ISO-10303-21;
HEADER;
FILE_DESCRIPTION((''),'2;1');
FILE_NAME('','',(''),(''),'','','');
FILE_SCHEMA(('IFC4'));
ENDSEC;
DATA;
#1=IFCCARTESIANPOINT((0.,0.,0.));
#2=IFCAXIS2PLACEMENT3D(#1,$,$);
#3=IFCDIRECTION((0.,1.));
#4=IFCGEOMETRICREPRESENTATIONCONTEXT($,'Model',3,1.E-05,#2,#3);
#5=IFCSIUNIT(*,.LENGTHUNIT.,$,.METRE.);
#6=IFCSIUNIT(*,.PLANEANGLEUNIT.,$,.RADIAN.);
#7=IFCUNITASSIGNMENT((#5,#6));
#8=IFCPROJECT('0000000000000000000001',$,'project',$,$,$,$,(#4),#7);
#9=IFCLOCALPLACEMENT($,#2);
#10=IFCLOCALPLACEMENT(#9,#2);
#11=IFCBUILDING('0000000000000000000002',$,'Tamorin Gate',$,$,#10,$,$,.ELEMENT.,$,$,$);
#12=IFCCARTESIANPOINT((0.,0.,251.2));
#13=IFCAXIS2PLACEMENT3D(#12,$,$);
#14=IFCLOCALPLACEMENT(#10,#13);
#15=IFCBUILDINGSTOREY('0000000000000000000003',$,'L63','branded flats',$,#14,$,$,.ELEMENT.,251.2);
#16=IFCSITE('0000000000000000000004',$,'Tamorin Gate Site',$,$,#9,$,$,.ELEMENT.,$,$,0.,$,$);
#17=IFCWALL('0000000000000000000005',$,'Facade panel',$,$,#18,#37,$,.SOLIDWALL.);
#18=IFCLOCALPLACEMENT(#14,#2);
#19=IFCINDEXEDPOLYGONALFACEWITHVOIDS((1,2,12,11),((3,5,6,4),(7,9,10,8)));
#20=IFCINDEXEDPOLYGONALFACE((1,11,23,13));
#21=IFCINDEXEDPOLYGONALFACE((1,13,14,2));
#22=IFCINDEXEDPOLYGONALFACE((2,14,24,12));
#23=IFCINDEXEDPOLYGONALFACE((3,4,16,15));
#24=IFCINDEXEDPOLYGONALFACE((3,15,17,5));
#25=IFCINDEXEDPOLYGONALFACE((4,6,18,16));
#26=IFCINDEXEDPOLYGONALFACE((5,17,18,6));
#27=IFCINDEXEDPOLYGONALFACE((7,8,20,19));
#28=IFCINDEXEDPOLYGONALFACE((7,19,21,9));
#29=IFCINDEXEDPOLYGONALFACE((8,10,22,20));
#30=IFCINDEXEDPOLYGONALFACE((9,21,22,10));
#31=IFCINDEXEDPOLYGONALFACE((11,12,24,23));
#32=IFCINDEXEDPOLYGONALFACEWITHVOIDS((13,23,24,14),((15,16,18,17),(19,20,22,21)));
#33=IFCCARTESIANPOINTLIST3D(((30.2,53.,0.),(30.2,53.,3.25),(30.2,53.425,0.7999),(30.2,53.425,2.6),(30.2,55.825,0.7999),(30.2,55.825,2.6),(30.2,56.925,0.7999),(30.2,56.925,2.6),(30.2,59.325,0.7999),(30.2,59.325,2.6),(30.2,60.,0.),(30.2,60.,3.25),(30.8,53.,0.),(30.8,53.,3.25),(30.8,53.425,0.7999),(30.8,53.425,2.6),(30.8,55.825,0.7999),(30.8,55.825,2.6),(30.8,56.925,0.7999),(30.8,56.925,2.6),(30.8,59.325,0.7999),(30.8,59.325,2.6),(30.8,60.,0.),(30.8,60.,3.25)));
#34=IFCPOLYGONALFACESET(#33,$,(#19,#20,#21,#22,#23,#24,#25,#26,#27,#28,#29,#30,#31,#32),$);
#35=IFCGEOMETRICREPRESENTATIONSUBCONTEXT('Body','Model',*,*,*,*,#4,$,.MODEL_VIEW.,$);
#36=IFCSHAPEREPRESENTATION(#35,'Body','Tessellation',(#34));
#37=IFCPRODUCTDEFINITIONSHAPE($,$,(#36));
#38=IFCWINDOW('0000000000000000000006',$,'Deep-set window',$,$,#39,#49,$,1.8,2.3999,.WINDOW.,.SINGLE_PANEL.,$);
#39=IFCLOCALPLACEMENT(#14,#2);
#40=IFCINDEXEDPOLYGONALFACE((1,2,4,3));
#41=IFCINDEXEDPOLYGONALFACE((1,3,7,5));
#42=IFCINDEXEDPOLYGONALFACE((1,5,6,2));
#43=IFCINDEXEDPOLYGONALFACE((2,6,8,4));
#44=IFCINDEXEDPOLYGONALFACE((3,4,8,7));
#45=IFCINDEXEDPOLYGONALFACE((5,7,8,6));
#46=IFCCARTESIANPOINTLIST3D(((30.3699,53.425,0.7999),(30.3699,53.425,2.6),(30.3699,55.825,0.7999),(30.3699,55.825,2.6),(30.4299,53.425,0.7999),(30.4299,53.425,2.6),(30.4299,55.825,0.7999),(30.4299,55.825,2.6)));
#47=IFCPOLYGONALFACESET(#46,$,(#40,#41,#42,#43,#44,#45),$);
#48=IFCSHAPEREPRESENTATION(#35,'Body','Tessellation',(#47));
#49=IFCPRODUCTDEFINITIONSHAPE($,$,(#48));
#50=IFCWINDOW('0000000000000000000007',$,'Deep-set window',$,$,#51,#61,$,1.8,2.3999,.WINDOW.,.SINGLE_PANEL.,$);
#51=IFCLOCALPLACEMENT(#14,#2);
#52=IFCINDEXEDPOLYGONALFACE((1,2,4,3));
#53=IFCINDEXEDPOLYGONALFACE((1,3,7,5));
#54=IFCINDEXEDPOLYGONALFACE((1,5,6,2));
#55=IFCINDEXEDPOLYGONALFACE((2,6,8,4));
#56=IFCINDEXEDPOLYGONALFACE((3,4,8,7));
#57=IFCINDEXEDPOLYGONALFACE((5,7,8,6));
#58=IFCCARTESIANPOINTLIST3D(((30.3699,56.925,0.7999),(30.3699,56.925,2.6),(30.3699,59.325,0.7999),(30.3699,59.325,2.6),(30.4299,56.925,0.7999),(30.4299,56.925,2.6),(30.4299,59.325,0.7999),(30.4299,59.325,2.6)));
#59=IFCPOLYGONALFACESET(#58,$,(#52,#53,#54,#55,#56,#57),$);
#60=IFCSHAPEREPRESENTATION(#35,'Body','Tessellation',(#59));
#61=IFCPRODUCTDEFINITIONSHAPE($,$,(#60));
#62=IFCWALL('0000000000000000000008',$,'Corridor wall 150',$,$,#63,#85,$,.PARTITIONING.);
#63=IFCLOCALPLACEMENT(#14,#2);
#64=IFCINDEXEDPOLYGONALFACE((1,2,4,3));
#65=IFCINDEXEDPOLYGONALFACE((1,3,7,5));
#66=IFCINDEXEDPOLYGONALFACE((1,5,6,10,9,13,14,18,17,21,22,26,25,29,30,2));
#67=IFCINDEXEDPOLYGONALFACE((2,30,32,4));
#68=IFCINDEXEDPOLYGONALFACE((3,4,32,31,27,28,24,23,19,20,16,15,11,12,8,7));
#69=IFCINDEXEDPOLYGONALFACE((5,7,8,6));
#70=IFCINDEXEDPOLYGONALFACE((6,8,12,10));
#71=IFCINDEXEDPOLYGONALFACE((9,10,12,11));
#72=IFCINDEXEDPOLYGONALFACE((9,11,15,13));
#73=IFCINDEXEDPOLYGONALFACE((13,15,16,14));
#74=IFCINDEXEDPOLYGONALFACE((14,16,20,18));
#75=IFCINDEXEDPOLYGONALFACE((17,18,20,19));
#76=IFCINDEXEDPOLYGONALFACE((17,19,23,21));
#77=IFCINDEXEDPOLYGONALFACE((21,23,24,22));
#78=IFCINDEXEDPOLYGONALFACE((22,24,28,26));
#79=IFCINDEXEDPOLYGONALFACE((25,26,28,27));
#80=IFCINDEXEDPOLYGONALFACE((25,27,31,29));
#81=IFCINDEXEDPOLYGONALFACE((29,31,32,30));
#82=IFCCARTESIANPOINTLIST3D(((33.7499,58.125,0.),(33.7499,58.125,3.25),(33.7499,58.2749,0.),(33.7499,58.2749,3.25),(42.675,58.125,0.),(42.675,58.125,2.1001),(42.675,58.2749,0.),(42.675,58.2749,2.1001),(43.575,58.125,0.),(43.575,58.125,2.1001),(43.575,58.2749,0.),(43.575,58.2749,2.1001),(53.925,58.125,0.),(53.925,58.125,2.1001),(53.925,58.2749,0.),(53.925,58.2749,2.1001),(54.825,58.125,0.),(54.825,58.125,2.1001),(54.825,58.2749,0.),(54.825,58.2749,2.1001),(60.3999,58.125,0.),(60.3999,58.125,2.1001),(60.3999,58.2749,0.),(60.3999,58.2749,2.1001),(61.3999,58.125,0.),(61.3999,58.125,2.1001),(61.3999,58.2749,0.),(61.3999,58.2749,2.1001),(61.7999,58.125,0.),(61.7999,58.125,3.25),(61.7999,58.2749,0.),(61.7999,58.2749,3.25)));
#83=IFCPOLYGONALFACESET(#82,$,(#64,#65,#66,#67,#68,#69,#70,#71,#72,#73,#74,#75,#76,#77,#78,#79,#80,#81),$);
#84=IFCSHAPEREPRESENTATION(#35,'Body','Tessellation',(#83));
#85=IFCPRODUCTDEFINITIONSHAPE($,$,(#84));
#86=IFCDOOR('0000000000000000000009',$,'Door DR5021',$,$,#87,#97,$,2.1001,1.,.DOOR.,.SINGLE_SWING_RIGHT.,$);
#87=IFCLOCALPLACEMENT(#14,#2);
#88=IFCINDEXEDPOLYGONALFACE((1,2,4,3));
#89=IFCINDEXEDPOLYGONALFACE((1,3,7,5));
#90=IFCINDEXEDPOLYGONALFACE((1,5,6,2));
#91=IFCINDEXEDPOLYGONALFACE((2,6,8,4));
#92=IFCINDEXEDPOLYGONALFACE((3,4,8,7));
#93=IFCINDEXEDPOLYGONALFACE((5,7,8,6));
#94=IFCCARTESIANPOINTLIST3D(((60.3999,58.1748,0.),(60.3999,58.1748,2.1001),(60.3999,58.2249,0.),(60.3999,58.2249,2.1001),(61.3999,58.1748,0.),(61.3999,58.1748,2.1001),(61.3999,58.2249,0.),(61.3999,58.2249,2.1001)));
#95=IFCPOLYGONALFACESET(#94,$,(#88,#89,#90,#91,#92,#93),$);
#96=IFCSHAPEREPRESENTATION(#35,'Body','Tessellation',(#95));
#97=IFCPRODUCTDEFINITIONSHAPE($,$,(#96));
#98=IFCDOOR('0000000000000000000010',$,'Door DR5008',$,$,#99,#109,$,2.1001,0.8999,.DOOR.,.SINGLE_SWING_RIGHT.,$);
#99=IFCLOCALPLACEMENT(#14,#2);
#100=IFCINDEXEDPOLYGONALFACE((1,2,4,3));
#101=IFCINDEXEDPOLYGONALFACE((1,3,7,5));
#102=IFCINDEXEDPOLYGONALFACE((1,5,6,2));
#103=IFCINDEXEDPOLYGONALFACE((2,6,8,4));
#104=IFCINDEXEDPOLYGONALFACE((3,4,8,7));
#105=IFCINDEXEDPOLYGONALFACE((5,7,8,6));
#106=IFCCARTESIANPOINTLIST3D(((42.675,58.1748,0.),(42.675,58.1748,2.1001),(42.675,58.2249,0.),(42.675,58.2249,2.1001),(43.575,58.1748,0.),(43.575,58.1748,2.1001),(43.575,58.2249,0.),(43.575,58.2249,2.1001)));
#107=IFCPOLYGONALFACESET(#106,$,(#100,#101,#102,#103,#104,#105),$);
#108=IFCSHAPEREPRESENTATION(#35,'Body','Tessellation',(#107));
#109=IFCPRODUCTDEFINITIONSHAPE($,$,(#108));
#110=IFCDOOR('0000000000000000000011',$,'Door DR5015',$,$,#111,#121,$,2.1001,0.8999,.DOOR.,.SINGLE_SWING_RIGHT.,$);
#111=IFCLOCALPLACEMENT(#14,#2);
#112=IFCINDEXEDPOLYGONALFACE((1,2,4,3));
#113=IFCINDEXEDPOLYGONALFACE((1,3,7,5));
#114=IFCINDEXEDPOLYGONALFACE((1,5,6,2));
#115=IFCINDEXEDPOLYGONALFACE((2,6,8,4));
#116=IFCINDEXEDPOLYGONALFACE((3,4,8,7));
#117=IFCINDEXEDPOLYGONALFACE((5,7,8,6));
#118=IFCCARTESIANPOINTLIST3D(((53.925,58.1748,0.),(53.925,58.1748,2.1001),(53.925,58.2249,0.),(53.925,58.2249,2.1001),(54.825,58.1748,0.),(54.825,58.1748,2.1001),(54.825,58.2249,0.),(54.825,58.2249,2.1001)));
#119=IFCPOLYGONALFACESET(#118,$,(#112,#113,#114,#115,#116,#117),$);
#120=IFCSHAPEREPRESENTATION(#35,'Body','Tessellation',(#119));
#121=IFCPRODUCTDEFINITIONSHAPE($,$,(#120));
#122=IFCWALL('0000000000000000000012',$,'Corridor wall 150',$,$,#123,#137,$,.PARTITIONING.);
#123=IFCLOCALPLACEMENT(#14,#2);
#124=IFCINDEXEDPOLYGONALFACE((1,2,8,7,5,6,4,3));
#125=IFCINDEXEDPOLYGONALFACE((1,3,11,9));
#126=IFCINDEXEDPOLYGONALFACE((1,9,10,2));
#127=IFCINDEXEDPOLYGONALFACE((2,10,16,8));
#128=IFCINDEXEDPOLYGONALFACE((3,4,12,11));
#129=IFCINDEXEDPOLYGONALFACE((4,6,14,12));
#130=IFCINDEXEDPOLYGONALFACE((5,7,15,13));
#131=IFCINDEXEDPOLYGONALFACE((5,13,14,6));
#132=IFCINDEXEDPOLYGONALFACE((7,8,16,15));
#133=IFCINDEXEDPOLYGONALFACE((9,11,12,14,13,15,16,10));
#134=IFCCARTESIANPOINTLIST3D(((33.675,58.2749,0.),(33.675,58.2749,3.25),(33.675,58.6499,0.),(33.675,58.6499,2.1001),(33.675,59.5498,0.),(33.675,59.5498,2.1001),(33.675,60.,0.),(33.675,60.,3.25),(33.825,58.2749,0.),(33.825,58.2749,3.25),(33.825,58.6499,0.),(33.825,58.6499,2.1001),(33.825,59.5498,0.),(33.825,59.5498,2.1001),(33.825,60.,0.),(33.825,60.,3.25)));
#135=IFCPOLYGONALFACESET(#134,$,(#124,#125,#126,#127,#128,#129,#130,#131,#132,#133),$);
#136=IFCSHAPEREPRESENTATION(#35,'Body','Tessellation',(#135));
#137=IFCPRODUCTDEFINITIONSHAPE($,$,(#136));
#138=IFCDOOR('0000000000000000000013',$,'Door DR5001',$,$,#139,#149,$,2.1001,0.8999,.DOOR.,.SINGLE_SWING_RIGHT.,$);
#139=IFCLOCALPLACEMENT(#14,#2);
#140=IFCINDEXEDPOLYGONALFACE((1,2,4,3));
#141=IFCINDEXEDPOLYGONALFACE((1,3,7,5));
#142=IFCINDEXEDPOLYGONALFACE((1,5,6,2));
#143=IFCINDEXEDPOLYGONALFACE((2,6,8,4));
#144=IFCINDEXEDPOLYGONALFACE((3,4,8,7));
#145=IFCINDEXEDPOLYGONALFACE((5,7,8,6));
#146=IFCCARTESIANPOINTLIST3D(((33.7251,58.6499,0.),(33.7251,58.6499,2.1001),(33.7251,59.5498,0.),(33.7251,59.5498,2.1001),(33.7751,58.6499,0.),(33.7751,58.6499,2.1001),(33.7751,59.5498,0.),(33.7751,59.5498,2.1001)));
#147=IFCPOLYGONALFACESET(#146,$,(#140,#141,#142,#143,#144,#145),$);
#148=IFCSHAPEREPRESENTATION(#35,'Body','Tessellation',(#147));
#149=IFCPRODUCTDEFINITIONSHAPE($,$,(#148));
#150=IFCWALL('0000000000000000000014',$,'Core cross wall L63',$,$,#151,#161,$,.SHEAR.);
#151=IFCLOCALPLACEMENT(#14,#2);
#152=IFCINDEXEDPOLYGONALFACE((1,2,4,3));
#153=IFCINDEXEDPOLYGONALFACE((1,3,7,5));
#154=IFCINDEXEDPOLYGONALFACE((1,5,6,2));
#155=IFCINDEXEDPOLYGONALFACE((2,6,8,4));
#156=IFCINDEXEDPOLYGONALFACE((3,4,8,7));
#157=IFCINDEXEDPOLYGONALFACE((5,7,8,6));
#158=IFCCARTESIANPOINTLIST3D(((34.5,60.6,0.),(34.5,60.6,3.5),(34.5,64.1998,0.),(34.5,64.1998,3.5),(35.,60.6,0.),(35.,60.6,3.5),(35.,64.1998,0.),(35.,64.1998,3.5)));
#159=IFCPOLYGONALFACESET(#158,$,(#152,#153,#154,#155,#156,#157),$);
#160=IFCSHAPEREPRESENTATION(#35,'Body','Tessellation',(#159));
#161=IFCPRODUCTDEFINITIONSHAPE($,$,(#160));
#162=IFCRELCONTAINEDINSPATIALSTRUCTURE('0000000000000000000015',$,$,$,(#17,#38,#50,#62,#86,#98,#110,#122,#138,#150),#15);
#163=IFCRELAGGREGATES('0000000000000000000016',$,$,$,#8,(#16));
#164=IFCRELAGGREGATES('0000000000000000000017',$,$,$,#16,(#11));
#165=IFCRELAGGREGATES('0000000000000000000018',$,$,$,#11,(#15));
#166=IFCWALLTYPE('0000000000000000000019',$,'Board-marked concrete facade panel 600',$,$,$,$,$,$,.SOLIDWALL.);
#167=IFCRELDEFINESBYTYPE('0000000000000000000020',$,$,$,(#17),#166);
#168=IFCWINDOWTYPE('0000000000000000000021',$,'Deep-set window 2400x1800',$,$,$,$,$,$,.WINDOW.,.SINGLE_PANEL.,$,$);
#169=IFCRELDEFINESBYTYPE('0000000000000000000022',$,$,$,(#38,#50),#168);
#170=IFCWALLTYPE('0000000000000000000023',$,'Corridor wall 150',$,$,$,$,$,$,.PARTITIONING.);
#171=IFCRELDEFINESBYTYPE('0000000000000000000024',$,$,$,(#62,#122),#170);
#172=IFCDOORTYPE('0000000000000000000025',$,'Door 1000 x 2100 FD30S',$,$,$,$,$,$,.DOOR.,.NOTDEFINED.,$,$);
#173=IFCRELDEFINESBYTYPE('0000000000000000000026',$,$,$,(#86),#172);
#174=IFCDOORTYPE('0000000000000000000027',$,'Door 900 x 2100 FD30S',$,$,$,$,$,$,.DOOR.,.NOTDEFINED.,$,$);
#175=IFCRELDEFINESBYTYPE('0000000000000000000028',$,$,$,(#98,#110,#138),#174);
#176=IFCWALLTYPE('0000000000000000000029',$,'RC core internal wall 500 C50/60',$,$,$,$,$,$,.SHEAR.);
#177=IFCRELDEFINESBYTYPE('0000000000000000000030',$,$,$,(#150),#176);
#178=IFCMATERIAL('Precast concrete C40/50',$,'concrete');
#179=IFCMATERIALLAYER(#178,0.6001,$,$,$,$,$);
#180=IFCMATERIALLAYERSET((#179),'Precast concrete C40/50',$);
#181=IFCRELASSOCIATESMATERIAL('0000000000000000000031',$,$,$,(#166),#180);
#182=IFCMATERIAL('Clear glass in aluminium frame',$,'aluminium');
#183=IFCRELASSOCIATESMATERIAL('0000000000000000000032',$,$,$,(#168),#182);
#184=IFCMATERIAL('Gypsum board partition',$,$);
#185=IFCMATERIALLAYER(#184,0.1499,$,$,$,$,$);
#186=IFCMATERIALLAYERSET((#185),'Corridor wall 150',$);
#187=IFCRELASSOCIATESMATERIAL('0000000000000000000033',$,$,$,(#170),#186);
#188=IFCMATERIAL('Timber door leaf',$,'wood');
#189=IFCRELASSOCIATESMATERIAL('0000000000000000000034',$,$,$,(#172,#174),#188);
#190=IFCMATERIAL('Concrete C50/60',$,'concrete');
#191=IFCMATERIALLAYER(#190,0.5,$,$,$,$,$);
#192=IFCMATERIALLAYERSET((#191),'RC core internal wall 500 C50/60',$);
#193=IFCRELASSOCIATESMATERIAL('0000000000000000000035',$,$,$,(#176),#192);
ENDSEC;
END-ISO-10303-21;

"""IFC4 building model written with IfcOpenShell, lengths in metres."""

from ifc_helpers import new_model, si_unit, direction, frame, frame_2d, origin, place, context, subcontext, project, spatial, rectangle, extrude, material, layer, layer_set, type_object, element, fill, save


model = new_model("IFC4")

# Units and contexts
model_context = context("Model", 3, precision=1e-05, world=origin(), true_north=direction((0.0, 1.0)))
body_context = subcontext(model_context, "Body", "Model", "MODEL_VIEW")
ifc_project = project(units=[si_unit("LENGTHUNIT", "METRE"), si_unit("PLANEANGLEUNIT", "RADIAN")], contexts=[model_context])

# Site, building, storey
site_placement = place(None, origin())
site = spatial("IfcSite", under=ifc_project, at=site_placement, Name="Tamorin Gate Site", CompositionType="ELEMENT", RefElevation=0.0)
building_placement = place(site_placement, origin())
building = spatial("IfcBuilding", under=site, at=building_placement, Name="Tamorin Gate", CompositionType="ELEMENT")
storey_placement = place(building_placement, frame((0.0, 0.0, 251.2)))
storey = spatial("IfcBuildingStorey", under=building, at=storey_placement, Name="L63", Description="branded flats", CompositionType="ELEMENT", Elevation=251.2)

# Wall, openings, windows
ifc_material_1 = material(Name="Precast concrete C40/50", Category="concrete")
ifc_layer_1 = layer(ifc_material_1, 0.6001)
ifc_layer_set_1 = layer_set([ifc_layer_1], Name="Precast concrete C40/50")
wall_type_1 = type_object("IfcWallType", Name="Board-marked concrete facade panel 600", PredefinedType="SOLIDWALL", material=ifc_layer_set_1)
wall_1_placement = place(storey_placement, frame((30.5, 60.0, 0.0), z_axis=(0.0, 0.0, 1.0), x_axis=(0.0, -1.0, 0.0)))
wall_1 = element("IfcWall", 1, at=wall_1_placement, inside=storey, type_object=wall_type_1, Name="Facade panel", PredefinedType="SOLIDWALL", context=body_context, shape_type="SweptSolid", body=[
    extrude(rectangle(XDim=7.0, YDim=0.6001, at=frame_2d((3.5, 0.0))), origin(), (0.0, 0.0, 1.0), 3.25),
])
opening_1_placement = place(wall_1_placement, frame((4.175, 0.0, 0.8)))
opening_1 = element("IfcOpeningElement", 2, at=opening_1_placement, cuts=wall_1, PredefinedType="OPENING", context=body_context, shape_type="SweptSolid", body=[
    extrude(rectangle(XDim=2.3999, YDim=1.8, at=frame_2d((1.2, 0.8999))), frame((0.0, 0.3101, 0.0), z_axis=(0.0, -1.0, 0.0), x_axis=(1.0, 0.0, 0.0)), (0.0, 0.0, 1.0), 0.6201),
])
opening_2_placement = place(wall_1_placement, frame((0.675, 0.0, 0.8)))
opening_2 = element("IfcOpeningElement", 3, at=opening_2_placement, cuts=wall_1, PredefinedType="OPENING", context=body_context, shape_type="SweptSolid", body=[
    extrude(rectangle(XDim=2.3999, YDim=1.8, at=frame_2d((1.2, 0.8999))), frame((0.0, 0.3101, 0.0), z_axis=(0.0, -1.0, 0.0), x_axis=(1.0, 0.0, 0.0)), (0.0, 0.0, 1.0), 0.6201),
])
ifc_material_2 = material(Name="Clear glass in aluminium frame", Category="aluminium")
window_type = type_object("IfcWindowType", Name="Deep-set window 2400x1800", PartitioningType="SINGLE_PANEL", PredefinedType="WINDOW", material=ifc_material_2)
window_1_placement = place(opening_1_placement, origin())
window_1 = element("IfcWindow", 4, at=window_1_placement, inside=storey, type_object=window_type, Name="Deep-set window", OverallHeight=1.8, OverallWidth=2.3999, PartitioningType="SINGLE_PANEL", PredefinedType="WINDOW", context=body_context, shape_type="SweptSolid", body=[
    extrude(rectangle(XDim=2.3999, YDim=1.8, at=frame_2d((1.2, 0.8999))), frame((0.0, -0.0701, 0.0), z_axis=(0.0, -1.0, 0.0), x_axis=(1.0, 0.0, 0.0)), (0.0, 0.0, 1.0), 0.0601),
])
fill(opening_1, window_1)
window_2_placement = place(opening_2_placement, origin())
window_2 = element("IfcWindow", 5, at=window_2_placement, inside=storey, type_object=window_type, Name="Deep-set window", OverallHeight=1.8, OverallWidth=2.3999, PartitioningType="SINGLE_PANEL", PredefinedType="WINDOW", context=body_context, shape_type="SweptSolid", body=[
    extrude(rectangle(XDim=2.3999, YDim=1.8, at=frame_2d((1.2, 0.8999))), frame((0.0, -0.0701, 0.0), z_axis=(0.0, -1.0, 0.0), x_axis=(1.0, 0.0, 0.0)), (0.0, 0.0, 1.0), 0.0601),
])
fill(opening_2, window_2)

# Wall, openings, doors
ifc_material_3 = material(Name="Gypsum board partition")
ifc_layer_2 = layer(ifc_material_3, 0.1499)
ifc_layer_set_2 = layer_set([ifc_layer_2], Name="Corridor wall 150")
wall_type_2 = type_object("IfcWallType", Name="Corridor wall 150", PredefinedType="PARTITIONING", material=ifc_layer_set_2)
wall_2_placement = place(storey_placement, frame((33.75, 58.2, 0.0), z_axis=(0.0, 0.0, 1.0), x_axis=(1.0, 0.0, 0.0)))
wall_2 = element("IfcWall", 6, at=wall_2_placement, inside=storey, type_object=wall_type_2, Name="Corridor wall 150", PredefinedType="PARTITIONING", context=body_context, shape_type="SweptSolid", body=[
    extrude(rectangle(XDim=28.05, YDim=0.1499, at=frame_2d((14.0249, 0.0))), origin(), (0.0, 0.0, 1.0), 3.25),
])
opening_3_placement = place(wall_2_placement, frame((8.925, 0.0, 0.0)))
opening_3 = element("IfcOpeningElement", 7, at=opening_3_placement, cuts=wall_2, PredefinedType="OPENING", context=body_context, shape_type="SweptSolid", body=[
    extrude(rectangle(XDim=0.8999, YDim=2.1001, at=frame_2d((0.45, 1.05))), frame((0.0, 0.085, 0.0), z_axis=(0.0, -1.0, 0.0), x_axis=(1.0, 0.0, 0.0)), (0.0, 0.0, 1.0), 0.1699),
])
opening_4_placement = place(wall_2_placement, frame((20.175, 0.0, 0.0)))
opening_4 = element("IfcOpeningElement", 8, at=opening_4_placement, cuts=wall_2, PredefinedType="OPENING", context=body_context, shape_type="SweptSolid", body=[
    extrude(rectangle(XDim=0.8999, YDim=2.1001, at=frame_2d((0.45, 1.05))), frame((0.0, 0.085, 0.0), z_axis=(0.0, -1.0, 0.0), x_axis=(1.0, 0.0, 0.0)), (0.0, 0.0, 1.0), 0.1699),
])
opening_5_placement = place(wall_2_placement, frame((26.6499, 0.0, 0.0)))
opening_5 = element("IfcOpeningElement", 9, at=opening_5_placement, cuts=wall_2, PredefinedType="OPENING", context=body_context, shape_type="SweptSolid", body=[
    extrude(rectangle(XDim=1.0, YDim=2.1001, at=frame_2d((0.5, 1.05))), frame((0.0, 0.085, 0.0), z_axis=(0.0, -1.0, 0.0), x_axis=(1.0, 0.0, 0.0)), (0.0, 0.0, 1.0), 0.1699),
])
ifc_material_4 = material(Name="Timber door leaf", Category="wood")
door_type_1 = type_object("IfcDoorType", Name="Door 1000 x 2100 FD30S", OperationType="NOTDEFINED", PredefinedType="DOOR", material=ifc_material_4)
door_1_placement = place(opening_5_placement, origin())
door_1 = element("IfcDoor", 10, at=door_1_placement, inside=storey, type_object=door_type_1, Name="Door DR5021", OperationType="SINGLE_SWING_RIGHT", OverallHeight=2.1001, OverallWidth=1.0, PredefinedType="DOOR", context=body_context, shape_type="SweptSolid", body=[
    extrude(rectangle(XDim=1.0, YDim=2.1001, at=frame_2d((0.5, 1.05))), frame((0.0, 0.0249, 0.0), z_axis=(0.0, -1.0, 0.0), x_axis=(1.0, 0.0, 0.0)), (0.0, 0.0, 1.0), 0.05),
])
fill(opening_5, door_1)
door_type_2 = type_object("IfcDoorType", Name="Door 900 x 2100 FD30S", OperationType="NOTDEFINED", PredefinedType="DOOR", material=ifc_material_4)
door_2_placement = place(opening_3_placement, origin())
door_2 = element("IfcDoor", 11, at=door_2_placement, inside=storey, type_object=door_type_2, Name="Door DR5008", OperationType="SINGLE_SWING_RIGHT", OverallHeight=2.1001, OverallWidth=0.8999, PredefinedType="DOOR", context=body_context, shape_type="SweptSolid", body=[
    extrude(rectangle(XDim=0.8999, YDim=2.1001, at=frame_2d((0.45, 1.05))), frame((0.0, 0.0249, 0.0), z_axis=(0.0, -1.0, 0.0), x_axis=(1.0, 0.0, 0.0)), (0.0, 0.0, 1.0), 0.05),
])
fill(opening_3, door_2)
door_3_placement = place(opening_4_placement, origin())
door_3 = element("IfcDoor", 12, at=door_3_placement, inside=storey, type_object=door_type_2, Name="Door DR5015", OperationType="SINGLE_SWING_RIGHT", OverallHeight=2.1001, OverallWidth=0.8999, PredefinedType="DOOR", context=body_context, shape_type="SweptSolid", body=[
    extrude(rectangle(XDim=0.8999, YDim=2.1001, at=frame_2d((0.45, 1.05))), frame((0.0, 0.0249, 0.0), z_axis=(0.0, -1.0, 0.0), x_axis=(1.0, 0.0, 0.0)), (0.0, 0.0, 1.0), 0.05),
])
fill(opening_4, door_3)

# Wall, opening, door
wall_3_placement = place(storey_placement, frame((33.75, 58.2749, 0.0), z_axis=(0.0, 0.0, 1.0), x_axis=(0.0, 1.0, 0.0)))
wall_3 = element("IfcWall", 13, at=wall_3_placement, inside=storey, type_object=wall_type_2, Name="Corridor wall 150", PredefinedType="PARTITIONING", context=body_context, shape_type="SweptSolid", body=[
    extrude(rectangle(XDim=1.7251, YDim=0.1499, at=frame_2d((0.8625, 0.0))), origin(), (0.0, 0.0, 1.0), 3.25),
])
opening_6_placement = place(wall_3_placement, frame((0.375, 0.0, 0.0)))
opening_6 = element("IfcOpeningElement", 14, at=opening_6_placement, cuts=wall_3, PredefinedType="OPENING", context=body_context, shape_type="SweptSolid", body=[
    extrude(rectangle(XDim=0.8999, YDim=2.1001, at=frame_2d((0.45, 1.05))), frame((0.0, 0.085, 0.0), z_axis=(0.0, -1.0, 0.0), x_axis=(1.0, 0.0, 0.0)), (0.0, 0.0, 1.0), 0.1699),
])
door_4_placement = place(opening_6_placement, origin())
door_4 = element("IfcDoor", 15, at=door_4_placement, inside=storey, type_object=door_type_2, Name="Door DR5001", OperationType="SINGLE_SWING_RIGHT", OverallHeight=2.1001, OverallWidth=0.8999, PredefinedType="DOOR", context=body_context, shape_type="SweptSolid", body=[
    extrude(rectangle(XDim=0.8999, YDim=2.1001, at=frame_2d((0.45, 1.05))), frame((0.0, 0.0249, 0.0), z_axis=(0.0, -1.0, 0.0), x_axis=(1.0, 0.0, 0.0)), (0.0, 0.0, 1.0), 0.05),
])
fill(opening_6, door_4)

# Wall
ifc_material_5 = material(Name="Concrete C50/60", Category="concrete")
ifc_layer_3 = layer(ifc_material_5, 0.5)
ifc_layer_set_3 = layer_set([ifc_layer_3], Name="RC core internal wall 500 C50/60")
wall_type_3 = type_object("IfcWallType", Name="RC core internal wall 500 C50/60", PredefinedType="SHEAR", material=ifc_layer_set_3)
wall_4_placement = place(storey_placement, frame((34.75, 60.6001, 0.0), z_axis=(0.0, 0.0, 1.0), x_axis=(0.0, 1.0, 0.0)))
element("IfcWall", 16, at=wall_4_placement, inside=storey, type_object=wall_type_3, Name="Core cross wall L63", PredefinedType="SHEAR", context=body_context, shape_type="SweptSolid", body=[
    extrude(rectangle(XDim=3.5999, YDim=0.5, at=frame_2d((1.7998, 0.0))), origin(), (0.0, 0.0, 1.0), 3.5),
])

save(model, "model.ifc")
